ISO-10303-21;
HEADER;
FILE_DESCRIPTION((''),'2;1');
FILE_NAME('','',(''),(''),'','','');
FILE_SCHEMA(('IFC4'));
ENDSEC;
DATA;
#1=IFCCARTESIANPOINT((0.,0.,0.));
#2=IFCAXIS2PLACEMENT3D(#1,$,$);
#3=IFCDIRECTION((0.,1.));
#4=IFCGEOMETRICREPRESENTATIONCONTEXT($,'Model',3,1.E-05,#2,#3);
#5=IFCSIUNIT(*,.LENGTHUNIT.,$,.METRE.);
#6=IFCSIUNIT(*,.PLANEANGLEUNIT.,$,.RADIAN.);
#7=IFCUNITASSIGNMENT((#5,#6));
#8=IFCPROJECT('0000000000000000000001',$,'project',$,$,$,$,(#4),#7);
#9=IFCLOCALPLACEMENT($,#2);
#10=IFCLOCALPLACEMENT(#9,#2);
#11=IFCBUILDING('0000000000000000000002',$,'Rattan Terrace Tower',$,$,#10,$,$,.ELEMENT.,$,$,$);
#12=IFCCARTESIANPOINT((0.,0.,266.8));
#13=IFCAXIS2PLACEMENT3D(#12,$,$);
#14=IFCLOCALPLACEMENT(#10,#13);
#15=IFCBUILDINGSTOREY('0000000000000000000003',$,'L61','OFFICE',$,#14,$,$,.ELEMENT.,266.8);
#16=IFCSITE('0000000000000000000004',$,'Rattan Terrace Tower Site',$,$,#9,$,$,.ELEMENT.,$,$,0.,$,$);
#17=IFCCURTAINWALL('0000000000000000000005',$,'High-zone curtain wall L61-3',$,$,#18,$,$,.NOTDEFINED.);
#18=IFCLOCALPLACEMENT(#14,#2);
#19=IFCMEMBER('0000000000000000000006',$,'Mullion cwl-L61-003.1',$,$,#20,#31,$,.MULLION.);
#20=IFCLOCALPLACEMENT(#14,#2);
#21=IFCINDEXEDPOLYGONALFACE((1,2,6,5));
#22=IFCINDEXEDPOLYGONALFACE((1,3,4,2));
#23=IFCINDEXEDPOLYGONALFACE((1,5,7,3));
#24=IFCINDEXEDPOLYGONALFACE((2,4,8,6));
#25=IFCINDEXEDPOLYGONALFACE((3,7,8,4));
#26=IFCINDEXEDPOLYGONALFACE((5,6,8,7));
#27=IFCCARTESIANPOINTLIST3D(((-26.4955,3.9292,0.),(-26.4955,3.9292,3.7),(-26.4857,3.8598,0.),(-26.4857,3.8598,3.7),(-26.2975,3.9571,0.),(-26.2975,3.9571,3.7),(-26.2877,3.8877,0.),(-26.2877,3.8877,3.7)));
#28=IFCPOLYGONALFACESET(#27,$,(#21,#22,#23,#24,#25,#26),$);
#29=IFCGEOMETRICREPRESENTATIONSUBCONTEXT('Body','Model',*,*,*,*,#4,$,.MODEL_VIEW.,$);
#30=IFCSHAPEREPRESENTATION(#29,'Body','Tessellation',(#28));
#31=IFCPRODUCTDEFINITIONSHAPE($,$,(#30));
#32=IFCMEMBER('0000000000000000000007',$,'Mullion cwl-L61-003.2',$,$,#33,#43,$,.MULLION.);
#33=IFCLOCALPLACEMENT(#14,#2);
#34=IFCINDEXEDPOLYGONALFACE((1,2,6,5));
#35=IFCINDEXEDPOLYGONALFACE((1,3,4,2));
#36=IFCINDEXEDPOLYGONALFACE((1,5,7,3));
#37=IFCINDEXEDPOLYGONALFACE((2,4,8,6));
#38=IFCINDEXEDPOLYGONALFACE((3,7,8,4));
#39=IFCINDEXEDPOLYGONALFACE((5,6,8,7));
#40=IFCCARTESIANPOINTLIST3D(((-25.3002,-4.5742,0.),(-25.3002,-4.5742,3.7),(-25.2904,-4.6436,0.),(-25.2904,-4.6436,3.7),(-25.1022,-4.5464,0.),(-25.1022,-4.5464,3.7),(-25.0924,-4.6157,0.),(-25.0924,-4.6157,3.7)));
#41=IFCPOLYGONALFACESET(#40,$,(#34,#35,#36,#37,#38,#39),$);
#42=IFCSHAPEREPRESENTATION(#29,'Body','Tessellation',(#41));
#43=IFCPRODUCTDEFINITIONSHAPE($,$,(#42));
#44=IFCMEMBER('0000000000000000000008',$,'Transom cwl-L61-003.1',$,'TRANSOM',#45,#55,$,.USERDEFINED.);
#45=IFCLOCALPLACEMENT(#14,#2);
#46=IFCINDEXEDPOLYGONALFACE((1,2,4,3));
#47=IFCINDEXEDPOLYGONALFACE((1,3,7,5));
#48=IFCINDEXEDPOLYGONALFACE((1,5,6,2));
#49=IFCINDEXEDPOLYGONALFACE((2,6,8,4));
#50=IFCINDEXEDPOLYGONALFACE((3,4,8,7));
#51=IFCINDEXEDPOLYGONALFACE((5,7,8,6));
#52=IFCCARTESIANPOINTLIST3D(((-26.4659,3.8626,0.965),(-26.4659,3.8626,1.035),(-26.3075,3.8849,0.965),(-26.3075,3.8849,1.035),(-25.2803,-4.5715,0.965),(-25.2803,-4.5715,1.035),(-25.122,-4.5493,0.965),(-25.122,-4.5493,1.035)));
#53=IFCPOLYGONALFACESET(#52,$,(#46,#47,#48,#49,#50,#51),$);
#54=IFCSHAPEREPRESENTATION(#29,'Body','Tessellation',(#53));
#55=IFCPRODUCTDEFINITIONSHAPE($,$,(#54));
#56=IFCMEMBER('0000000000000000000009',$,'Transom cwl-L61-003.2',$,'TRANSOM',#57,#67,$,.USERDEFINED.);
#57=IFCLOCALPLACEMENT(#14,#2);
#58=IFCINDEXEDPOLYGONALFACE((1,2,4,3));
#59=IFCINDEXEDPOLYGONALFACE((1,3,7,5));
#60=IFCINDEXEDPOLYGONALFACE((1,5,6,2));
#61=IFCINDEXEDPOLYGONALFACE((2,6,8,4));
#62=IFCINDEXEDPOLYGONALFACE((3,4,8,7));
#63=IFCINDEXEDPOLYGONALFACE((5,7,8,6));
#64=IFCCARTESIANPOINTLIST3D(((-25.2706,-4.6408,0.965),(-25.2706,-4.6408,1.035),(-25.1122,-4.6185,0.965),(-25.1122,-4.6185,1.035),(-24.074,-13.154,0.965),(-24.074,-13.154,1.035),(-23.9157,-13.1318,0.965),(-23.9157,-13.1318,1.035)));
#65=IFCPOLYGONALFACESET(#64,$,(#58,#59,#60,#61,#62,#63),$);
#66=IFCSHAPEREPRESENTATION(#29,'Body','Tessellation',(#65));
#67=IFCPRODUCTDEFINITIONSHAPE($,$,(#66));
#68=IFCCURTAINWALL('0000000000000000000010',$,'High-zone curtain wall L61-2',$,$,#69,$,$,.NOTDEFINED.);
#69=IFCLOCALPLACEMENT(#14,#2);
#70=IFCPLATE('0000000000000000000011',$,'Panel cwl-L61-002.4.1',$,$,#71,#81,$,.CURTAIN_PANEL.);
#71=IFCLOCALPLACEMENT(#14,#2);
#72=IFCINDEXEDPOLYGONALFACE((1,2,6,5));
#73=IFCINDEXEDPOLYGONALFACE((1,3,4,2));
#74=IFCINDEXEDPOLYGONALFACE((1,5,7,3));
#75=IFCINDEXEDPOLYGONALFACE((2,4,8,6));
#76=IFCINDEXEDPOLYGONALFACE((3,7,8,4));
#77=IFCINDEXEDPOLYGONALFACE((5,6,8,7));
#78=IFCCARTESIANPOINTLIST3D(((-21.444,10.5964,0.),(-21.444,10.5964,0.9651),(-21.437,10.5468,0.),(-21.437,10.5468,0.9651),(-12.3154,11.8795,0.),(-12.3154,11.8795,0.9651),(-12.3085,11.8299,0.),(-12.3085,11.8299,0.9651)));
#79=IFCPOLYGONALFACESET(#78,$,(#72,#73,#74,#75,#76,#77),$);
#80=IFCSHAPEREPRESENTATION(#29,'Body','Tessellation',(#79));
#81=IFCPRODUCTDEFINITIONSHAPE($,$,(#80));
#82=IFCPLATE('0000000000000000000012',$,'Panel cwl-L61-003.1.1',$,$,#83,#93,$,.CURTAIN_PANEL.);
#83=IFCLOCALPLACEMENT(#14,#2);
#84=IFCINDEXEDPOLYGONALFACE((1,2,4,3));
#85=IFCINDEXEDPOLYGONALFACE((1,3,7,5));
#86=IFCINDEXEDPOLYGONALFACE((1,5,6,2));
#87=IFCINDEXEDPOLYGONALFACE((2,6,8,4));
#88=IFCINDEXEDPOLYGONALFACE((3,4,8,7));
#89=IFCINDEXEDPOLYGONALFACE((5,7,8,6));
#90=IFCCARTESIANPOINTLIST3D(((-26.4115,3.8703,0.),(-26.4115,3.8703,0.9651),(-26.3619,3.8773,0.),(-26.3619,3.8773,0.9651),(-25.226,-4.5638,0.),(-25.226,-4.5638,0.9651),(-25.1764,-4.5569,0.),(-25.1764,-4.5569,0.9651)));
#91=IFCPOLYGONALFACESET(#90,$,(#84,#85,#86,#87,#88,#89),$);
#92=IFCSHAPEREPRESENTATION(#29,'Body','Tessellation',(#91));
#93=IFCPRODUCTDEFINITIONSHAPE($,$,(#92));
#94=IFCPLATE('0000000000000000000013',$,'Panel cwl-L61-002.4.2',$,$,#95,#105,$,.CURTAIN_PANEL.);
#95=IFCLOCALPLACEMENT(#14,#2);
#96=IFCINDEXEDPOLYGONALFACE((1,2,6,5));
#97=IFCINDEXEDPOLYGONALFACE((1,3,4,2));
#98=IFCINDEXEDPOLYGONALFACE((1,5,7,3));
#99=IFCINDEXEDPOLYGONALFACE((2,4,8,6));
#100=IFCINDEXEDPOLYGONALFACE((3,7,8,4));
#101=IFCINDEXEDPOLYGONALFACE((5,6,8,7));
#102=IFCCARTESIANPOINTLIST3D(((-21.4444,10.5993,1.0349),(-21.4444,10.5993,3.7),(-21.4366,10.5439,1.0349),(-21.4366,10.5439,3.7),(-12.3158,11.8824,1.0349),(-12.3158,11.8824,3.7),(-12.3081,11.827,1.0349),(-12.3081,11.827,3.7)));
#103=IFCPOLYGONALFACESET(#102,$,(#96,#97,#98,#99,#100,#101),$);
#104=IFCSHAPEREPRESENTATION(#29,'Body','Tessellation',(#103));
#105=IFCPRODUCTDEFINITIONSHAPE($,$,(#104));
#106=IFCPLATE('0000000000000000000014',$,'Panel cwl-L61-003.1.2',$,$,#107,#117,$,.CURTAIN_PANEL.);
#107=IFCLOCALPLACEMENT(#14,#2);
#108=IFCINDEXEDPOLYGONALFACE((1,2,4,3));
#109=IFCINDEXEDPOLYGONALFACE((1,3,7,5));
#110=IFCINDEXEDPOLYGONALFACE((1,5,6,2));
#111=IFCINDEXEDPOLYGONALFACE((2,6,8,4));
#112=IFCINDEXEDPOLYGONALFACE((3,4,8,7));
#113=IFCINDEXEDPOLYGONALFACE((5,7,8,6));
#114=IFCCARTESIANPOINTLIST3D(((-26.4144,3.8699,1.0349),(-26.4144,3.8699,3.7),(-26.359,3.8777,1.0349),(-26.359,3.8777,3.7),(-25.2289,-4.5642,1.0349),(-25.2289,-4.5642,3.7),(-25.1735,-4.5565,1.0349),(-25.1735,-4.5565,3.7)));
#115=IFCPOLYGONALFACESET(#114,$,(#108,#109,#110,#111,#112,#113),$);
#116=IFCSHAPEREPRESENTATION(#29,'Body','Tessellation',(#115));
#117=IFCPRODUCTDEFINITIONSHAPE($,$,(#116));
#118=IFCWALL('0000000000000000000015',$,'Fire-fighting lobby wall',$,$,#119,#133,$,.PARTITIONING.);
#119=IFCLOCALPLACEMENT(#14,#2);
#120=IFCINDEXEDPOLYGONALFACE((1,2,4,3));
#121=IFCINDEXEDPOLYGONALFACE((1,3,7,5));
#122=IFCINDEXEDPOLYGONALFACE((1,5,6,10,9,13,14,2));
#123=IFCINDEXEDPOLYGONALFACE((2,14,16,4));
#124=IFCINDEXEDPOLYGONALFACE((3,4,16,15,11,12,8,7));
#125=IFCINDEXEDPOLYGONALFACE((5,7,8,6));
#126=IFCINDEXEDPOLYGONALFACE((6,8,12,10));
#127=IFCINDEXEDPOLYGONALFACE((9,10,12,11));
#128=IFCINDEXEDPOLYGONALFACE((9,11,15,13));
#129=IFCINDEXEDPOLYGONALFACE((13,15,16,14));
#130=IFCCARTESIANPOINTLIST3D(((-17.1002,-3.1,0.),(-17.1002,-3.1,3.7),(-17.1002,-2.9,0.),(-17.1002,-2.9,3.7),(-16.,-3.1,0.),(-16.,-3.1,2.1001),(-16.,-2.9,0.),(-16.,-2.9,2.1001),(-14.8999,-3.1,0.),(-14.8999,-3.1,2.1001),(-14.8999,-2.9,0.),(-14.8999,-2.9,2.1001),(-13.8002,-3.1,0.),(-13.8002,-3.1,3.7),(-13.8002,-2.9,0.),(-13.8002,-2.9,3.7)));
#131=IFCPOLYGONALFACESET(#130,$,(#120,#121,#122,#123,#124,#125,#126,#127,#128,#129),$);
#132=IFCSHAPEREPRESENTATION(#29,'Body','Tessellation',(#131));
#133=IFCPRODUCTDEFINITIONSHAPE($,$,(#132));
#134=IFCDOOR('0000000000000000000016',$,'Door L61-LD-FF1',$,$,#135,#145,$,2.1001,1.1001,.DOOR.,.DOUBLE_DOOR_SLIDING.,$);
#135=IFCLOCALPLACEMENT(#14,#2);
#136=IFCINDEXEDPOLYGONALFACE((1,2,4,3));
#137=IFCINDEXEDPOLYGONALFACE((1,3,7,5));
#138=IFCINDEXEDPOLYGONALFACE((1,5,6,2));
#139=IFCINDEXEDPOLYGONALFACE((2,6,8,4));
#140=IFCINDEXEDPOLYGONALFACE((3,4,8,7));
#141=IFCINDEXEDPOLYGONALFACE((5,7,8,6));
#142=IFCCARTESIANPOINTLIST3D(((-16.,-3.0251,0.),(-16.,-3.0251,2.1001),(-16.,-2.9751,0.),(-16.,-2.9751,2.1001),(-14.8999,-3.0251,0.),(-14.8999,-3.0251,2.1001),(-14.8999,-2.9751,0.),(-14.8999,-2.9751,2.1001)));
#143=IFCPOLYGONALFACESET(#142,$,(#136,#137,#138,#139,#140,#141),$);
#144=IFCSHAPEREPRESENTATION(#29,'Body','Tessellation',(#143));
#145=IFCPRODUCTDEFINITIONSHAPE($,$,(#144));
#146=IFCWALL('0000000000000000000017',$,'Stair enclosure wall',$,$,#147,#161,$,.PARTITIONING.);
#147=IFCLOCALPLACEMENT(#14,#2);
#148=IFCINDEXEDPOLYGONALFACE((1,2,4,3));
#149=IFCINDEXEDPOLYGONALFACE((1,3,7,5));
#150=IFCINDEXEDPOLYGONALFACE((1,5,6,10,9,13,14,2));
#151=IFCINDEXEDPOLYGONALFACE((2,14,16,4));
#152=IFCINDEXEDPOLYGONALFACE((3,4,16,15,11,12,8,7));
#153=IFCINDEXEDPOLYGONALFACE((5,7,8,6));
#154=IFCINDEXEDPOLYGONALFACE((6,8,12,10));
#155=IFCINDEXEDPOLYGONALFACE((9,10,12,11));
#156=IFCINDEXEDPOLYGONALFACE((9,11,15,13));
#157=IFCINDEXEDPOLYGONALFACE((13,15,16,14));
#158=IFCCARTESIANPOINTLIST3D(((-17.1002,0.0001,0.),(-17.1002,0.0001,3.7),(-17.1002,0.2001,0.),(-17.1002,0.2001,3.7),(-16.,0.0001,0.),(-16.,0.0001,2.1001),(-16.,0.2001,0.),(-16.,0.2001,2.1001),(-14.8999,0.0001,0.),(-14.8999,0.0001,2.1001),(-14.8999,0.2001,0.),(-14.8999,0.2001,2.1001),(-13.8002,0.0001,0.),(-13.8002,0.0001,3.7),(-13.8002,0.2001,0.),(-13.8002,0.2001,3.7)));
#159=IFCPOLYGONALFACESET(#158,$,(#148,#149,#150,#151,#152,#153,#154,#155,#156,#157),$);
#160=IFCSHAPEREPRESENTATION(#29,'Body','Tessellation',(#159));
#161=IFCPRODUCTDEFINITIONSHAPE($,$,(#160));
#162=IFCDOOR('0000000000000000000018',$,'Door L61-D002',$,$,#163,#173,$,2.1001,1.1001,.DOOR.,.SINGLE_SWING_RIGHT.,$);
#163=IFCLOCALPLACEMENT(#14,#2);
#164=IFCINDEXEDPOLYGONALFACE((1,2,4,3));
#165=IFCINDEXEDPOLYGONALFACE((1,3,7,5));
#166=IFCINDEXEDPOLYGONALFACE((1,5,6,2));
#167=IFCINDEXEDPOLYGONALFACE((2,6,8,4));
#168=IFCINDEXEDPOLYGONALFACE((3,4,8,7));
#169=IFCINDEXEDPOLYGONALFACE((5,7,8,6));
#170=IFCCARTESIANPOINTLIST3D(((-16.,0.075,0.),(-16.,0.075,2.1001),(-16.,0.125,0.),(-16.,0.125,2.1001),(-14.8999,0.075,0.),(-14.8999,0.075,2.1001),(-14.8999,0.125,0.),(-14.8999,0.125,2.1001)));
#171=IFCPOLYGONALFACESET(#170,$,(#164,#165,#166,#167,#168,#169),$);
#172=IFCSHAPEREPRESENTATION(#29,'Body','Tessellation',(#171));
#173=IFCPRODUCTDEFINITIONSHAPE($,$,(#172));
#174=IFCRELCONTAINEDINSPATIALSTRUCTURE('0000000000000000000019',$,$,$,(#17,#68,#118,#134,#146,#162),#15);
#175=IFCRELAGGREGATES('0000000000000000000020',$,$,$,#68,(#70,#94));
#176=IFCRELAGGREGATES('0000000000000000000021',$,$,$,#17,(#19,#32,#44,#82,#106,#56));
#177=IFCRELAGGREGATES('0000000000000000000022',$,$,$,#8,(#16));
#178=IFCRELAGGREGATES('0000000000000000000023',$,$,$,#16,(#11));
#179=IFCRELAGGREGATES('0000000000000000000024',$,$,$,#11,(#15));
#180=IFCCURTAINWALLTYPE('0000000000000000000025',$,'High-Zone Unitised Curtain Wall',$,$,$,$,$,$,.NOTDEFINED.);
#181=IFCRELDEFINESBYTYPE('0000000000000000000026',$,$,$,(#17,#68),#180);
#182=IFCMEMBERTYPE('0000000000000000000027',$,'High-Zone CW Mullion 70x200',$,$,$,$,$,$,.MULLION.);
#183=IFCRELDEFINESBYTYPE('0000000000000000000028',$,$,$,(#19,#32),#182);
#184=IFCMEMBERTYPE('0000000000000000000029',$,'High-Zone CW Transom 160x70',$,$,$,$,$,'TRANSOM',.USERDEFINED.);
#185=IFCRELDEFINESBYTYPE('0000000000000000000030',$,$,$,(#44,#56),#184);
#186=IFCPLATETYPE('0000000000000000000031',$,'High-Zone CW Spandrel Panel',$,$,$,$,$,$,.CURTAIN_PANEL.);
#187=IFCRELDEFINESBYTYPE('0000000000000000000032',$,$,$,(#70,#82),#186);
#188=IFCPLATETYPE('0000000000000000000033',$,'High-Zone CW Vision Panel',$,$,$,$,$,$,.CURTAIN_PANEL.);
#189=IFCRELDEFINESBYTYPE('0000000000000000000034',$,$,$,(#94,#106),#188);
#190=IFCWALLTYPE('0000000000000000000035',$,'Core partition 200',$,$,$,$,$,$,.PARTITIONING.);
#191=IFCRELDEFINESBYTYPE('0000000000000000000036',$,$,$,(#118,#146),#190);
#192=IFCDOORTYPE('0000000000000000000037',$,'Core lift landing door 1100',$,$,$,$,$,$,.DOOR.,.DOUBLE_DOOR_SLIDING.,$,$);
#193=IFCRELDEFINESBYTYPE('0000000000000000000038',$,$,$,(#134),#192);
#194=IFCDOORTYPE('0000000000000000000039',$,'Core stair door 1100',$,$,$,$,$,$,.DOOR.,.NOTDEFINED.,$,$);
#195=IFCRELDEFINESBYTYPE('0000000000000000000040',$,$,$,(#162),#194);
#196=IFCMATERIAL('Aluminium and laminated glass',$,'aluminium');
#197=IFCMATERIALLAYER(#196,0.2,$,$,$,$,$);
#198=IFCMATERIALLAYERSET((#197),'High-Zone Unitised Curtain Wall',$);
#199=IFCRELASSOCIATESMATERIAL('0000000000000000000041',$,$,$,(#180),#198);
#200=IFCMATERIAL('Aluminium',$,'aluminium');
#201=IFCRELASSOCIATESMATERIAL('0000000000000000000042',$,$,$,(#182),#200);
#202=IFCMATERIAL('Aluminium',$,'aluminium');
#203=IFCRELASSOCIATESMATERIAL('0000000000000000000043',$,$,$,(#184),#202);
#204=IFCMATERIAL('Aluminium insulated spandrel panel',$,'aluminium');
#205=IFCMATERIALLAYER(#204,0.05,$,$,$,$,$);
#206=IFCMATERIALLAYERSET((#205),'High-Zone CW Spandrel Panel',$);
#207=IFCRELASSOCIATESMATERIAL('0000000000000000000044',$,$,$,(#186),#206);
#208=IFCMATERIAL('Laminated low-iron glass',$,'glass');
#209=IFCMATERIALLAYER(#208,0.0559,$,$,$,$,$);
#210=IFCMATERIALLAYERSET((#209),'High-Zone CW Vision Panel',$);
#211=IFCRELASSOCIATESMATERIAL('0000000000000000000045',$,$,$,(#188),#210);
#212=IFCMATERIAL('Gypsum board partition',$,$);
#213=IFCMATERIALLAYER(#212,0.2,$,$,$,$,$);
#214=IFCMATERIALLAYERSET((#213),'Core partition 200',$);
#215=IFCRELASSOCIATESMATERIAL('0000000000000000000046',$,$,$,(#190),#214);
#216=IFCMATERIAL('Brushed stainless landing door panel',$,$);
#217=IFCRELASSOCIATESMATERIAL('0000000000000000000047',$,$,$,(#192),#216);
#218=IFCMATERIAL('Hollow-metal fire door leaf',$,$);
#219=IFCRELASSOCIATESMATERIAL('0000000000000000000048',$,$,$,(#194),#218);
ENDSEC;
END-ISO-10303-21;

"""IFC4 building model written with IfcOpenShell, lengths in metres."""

from ifc_helpers import new_model, si_unit, direction, frame, frame_2d, origin, origin_2d, place, context, subcontext, project, spatial, rectangle, extrude, material, layer, layer_set, material_profile, profile_set, type_object, element, fill, aggregate, save


model = new_model("IFC4")

# Units and contexts
model_context = context("Model", 3, precision=1e-05, world=origin(), true_north=direction((0.0, 1.0)))
body_context = subcontext(model_context, "Body", "Model", "MODEL_VIEW")
ifc_project = project(units=[si_unit("LENGTHUNIT", "METRE"), si_unit("PLANEANGLEUNIT", "RADIAN")], contexts=[model_context])

# Site, building, storey
site_placement = place(None, origin())
site = spatial("IfcSite", under=ifc_project, at=site_placement, Name="Rattan Terrace Tower Site", CompositionType="ELEMENT", RefElevation=0.0)
building_placement = place(site_placement, origin())
building = spatial("IfcBuilding", under=site, at=building_placement, Name="Rattan Terrace Tower", CompositionType="ELEMENT")
storey_placement = place(building_placement, frame((0.0, 0.0, 266.8)))
storey = spatial("IfcBuildingStorey", under=building, at=storey_placement, Name="L61", Description="OFFICE", CompositionType="ELEMENT", Elevation=266.8)

# Curtain wall, members
ifc_material_1 = material(Name="Aluminium and laminated glass", Category="aluminium")
ifc_layer_1 = layer(ifc_material_1, 0.2)
ifc_layer_set_1 = layer_set([ifc_layer_1], Name="High-Zone Unitised Curtain Wall")
curtain_wall_type = type_object("IfcCurtainWallType", Name="High-Zone Unitised Curtain Wall", PredefinedType="NOTDEFINED", material=ifc_layer_set_1)
curtain_wall_1_placement = place(storey_placement, origin())
curtain_wall_1 = element("IfcCurtainWall", 1, at=curtain_wall_1_placement, inside=storey, type_object=curtain_wall_type, Name="High-zone curtain wall L61-3", PredefinedType="NOTDEFINED")
ifc_material_2 = material(Name="Aluminium", Category="aluminium")
ifc_material_profile_1 = material_profile(ifc_material_2, rectangle(XDim=0.0701, YDim=0.2, at=origin_2d()), Name="Aluminium 70x200")
ifc_profile_set_1 = profile_set([ifc_material_profile_1], Name="Aluminium")
member_type_1 = type_object("IfcMemberType", Name="High-Zone CW Mullion 70x200", PredefinedType="MULLION", material=ifc_profile_set_1)
member_1_placement = place(storey_placement, frame((-26.3916, 3.9084, 0.0), z_axis=(0.0, 0.0, 1.0), x_axis=(0.139192, -0.990265, 0.0)))
member_1 = element("IfcMember", 2, at=member_1_placement, type_object=member_type_1, Name="Mullion cwl-L61-003.1", PredefinedType="MULLION", context=body_context, shape_type="SweptSolid", body=[
    extrude(rectangle(XDim=0.0701, YDim=0.2, at=origin_2d()), origin(), (0.0, 0.0, 1.0), 3.7),
])
member_2_placement = place(storey_placement, frame((-25.1963, -4.595, 0.0), z_axis=(0.0, 0.0, 1.0), x_axis=(0.139192, -0.990265, 0.0)))
member_2 = element("IfcMember", 3, at=member_2_placement, type_object=member_type_1, Name="Mullion cwl-L61-003.2", PredefinedType="MULLION", context=body_context, shape_type="SweptSolid", body=[
    extrude(rectangle(XDim=0.0701, YDim=0.2, at=origin_2d()), origin(), (0.0, 0.0, 1.0), 3.7),
])
ifc_material_3 = material(Name="Aluminium", Category="aluminium")
ifc_material_profile_2 = material_profile(ifc_material_3, rectangle(XDim=0.1599, YDim=0.0701, at=origin_2d()), Name="Aluminium 160x70")
ifc_profile_set_2 = profile_set([ifc_material_profile_2], Name="Aluminium")
member_type_2 = type_object("IfcMemberType", Name="High-Zone CW Transom 160x70", ElementType="TRANSOM", PredefinedType="USERDEFINED", material=ifc_profile_set_2)
member_3_placement = place(storey_placement, frame((-26.3867, 3.8738, 1.0), z_axis=(0.139198, -0.990265, 0.0), x_axis=(0.990265, 0.139198, 0.0)))
member_3 = element("IfcMember", 4, at=member_3_placement, type_object=member_type_2, Name="Transom cwl-L61-003.1", ObjectType="TRANSOM", PredefinedType="USERDEFINED", context=body_context, shape_type="SweptSolid", body=[
    extrude(rectangle(XDim=0.1599, YDim=0.0701, at=origin_2d()), origin(), (0.0, 0.0, 1.0), 8.5171),
])
member_4_placement = place(storey_placement, frame((-25.1914, -4.6296, 1.0), z_axis=(0.139183, -0.990267, 0.0), x_axis=(0.990267, 0.139183, 0.0)))
member_4 = element("IfcMember", 5, at=member_4_placement, type_object=member_type_2, Name="Transom cwl-L61-003.2", ObjectType="TRANSOM", PredefinedType="USERDEFINED", context=body_context, shape_type="SweptSolid", body=[
    extrude(rectangle(XDim=0.1599, YDim=0.0701, at=origin_2d()), origin(), (0.0, 0.0, 1.0), 8.5969),
])

# Curtain wall, plate
curtain_wall_2_placement = place(storey_placement, origin())
curtain_wall_2 = element("IfcCurtainWall", 6, at=curtain_wall_2_placement, inside=storey, type_object=curtain_wall_type, Name="High-zone curtain wall L61-2", PredefinedType="NOTDEFINED")
ifc_material_4 = material(Name="Aluminium insulated spandrel panel", Category="aluminium")
ifc_layer_2 = layer(ifc_material_4, 0.05)
ifc_layer_set_2 = layer_set([ifc_layer_2], Name="High-Zone CW Spandrel Panel")
plate_type_1 = type_object("IfcPlateType", Name="High-Zone CW Spandrel Panel", PredefinedType="CURTAIN_PANEL", material=ifc_layer_set_2)
plate_1_placement = place(storey_placement, frame((-16.8762, 11.2131, 0.0), z_axis=(0.0, 0.0, 1.0), x_axis=(-0.990266, -0.139189, 0.0)))
plate_1 = element("IfcPlate", 7, at=plate_1_placement, type_object=plate_type_1, Name="Panel cwl-L61-002.4.1", PredefinedType="CURTAIN_PANEL", context=body_context, shape_type="SweptSolid", body=[
    extrude(rectangle(XDim=9.2183, YDim=0.05, at=origin_2d()), origin(), (0.0, 0.0, 1.0), 0.9651),
])

# Plates
plate_2_placement = place(storey_placement, frame((-25.7939, -0.3433, 0.0), z_axis=(0.0, 0.0, 1.0), x_axis=(0.139192, -0.990265, 0.0)))
plate_2 = element("IfcPlate", 8, at=plate_2_placement, type_object=plate_type_1, Name="Panel cwl-L61-003.1.1", PredefinedType="CURTAIN_PANEL", context=body_context, shape_type="SweptSolid", body=[
    extrude(rectangle(XDim=8.5171, YDim=0.05, at=origin_2d()), origin(), (0.0, 0.0, 1.0), 0.9651),
])
ifc_material_5 = material(Name="Laminated low-iron glass", Category="glass")
ifc_layer_3 = layer(ifc_material_5, 0.0559)
ifc_layer_set_3 = layer_set([ifc_layer_3], Name="High-Zone CW Vision Panel")
plate_type_2 = type_object("IfcPlateType", Name="High-Zone CW Vision Panel", PredefinedType="CURTAIN_PANEL", material=ifc_layer_set_3)
plate_3_placement = place(storey_placement, frame((-16.8762, 11.2131, 1.0349), z_axis=(0.0, 0.0, 1.0), x_axis=(-0.990266, -0.139189, 0.0)))
plate_3 = element("IfcPlate", 9, at=plate_3_placement, type_object=plate_type_2, Name="Panel cwl-L61-002.4.2", PredefinedType="CURTAIN_PANEL", context=body_context, shape_type="SweptSolid", body=[
    extrude(rectangle(XDim=9.2183, YDim=0.0559, at=origin_2d()), origin(), (0.0, 0.0, 1.0), 2.665),
])
aggregate(curtain_wall_2, [plate_1, plate_3])
plate_4_placement = place(storey_placement, frame((-25.7939, -0.3433, 1.0349), z_axis=(0.0, 0.0, 1.0), x_axis=(0.139192, -0.990265, 0.0)))
plate_4 = element("IfcPlate", 10, at=plate_4_placement, type_object=plate_type_2, Name="Panel cwl-L61-003.1.2", PredefinedType="CURTAIN_PANEL", context=body_context, shape_type="SweptSolid", body=[
    extrude(rectangle(XDim=8.5171, YDim=0.0559, at=origin_2d()), origin(), (0.0, 0.0, 1.0), 2.665),
])
aggregate(curtain_wall_1, [member_1, member_2, member_3, plate_2, plate_4, member_4])

# Walls, openings, doors
ifc_material_6 = material(Name="Gypsum board partition")
ifc_layer_4 = layer(ifc_material_6, 0.2)
ifc_layer_set_4 = layer_set([ifc_layer_4], Name="Core partition 200")
wall_type_1 = type_object("IfcWallType", Name="Core partition 200", PredefinedType="PARTITIONING", material=ifc_layer_set_4)
wall_1_placement = place(storey_placement, frame((-17.1001, -3.0, 0.0), z_axis=(0.0, 0.0, 1.0), x_axis=(1.0, 0.0, 0.0)))
wall_1 = element("IfcWall", 11, at=wall_1_placement, inside=storey, type_object=wall_type_1, Name="Fire-fighting lobby wall", PredefinedType="PARTITIONING", context=body_context, shape_type="SweptSolid", body=[
    extrude(rectangle(XDim=3.3, YDim=0.2, at=frame_2d((1.6499, 0.0))), origin(), (0.0, 0.0, 1.0), 3.7),
])
opening_1_placement = place(wall_1_placement, frame((1.1001, 0.0, 0.0)))
opening_1 = element("IfcOpeningElement", 12, at=opening_1_placement, cuts=wall_1, PredefinedType="OPENING", context=body_context, shape_type="SweptSolid", body=[
    extrude(rectangle(XDim=1.1001, YDim=2.1001, at=frame_2d((0.55, 1.05))), frame((0.0, 0.1106, 0.0), z_axis=(0.0, -1.0, 0.0), x_axis=(1.0, 0.0, 0.0)), (0.0, 0.0, 1.0), 0.2209),
])
ifc_material_7 = material(Name="Brushed stainless landing door panel")
door_type_1 = type_object("IfcDoorType", Name="Core lift landing door 1100", OperationType="DOUBLE_DOOR_SLIDING", PredefinedType="DOOR", material=ifc_material_7)
door_1_placement = place(opening_1_placement, origin())
door_1 = element("IfcDoor", 13, at=door_1_placement, inside=storey, type_object=door_type_1, Name="Door L61-LD-FF1", OperationType="DOUBLE_DOOR_SLIDING", OverallHeight=2.1001, OverallWidth=1.1001, PredefinedType="DOOR", context=body_context, shape_type="SweptSolid", body=[
    extrude(rectangle(XDim=1.1001, YDim=2.1001, at=frame_2d((0.55, 1.05))), frame((0.0, 0.0249, 0.0), z_axis=(0.0, -1.0, 0.0), x_axis=(1.0, 0.0, 0.0)), (0.0, 0.0, 1.0), 0.05),
])
fill(opening_1, door_1)
wall_2_placement = place(storey_placement, frame((-17.1001, 0.1001, 0.0), z_axis=(0.0, 0.0, 1.0), x_axis=(1.0, 0.0, 0.0)))
wall_2 = element("IfcWall", 14, at=wall_2_placement, inside=storey, type_object=wall_type_1, Name="Stair enclosure wall", PredefinedType="PARTITIONING", context=body_context, shape_type="SweptSolid", body=[
    extrude(rectangle(XDim=3.3, YDim=0.2, at=frame_2d((1.6499, 0.0))), origin(), (0.0, 0.0, 1.0), 3.7),
])
opening_2_placement = place(wall_2_placement, frame((1.1001, 0.0, 0.0)))
opening_2 = element("IfcOpeningElement", 15, at=opening_2_placement, cuts=wall_2, PredefinedType="OPENING", context=body_context, shape_type="SweptSolid", body=[
    extrude(rectangle(XDim=1.1001, YDim=2.1001, at=frame_2d((0.55, 1.05))), frame((0.0, 0.1106, 0.0), z_axis=(0.0, -1.0, 0.0), x_axis=(1.0, 0.0, 0.0)), (0.0, 0.0, 1.0), 0.2209),
])
ifc_material_8 = material(Name="Hollow-metal fire door leaf")
door_type_2 = type_object("IfcDoorType", Name="Core stair door 1100", OperationType="NOTDEFINED", PredefinedType="DOOR", material=ifc_material_8)
door_2_placement = place(opening_2_placement, origin())
door_2 = element("IfcDoor", 16, at=door_2_placement, inside=storey, type_object=door_type_2, Name="Door L61-D002", OperationType="SINGLE_SWING_RIGHT", OverallHeight=2.1001, OverallWidth=1.1001, PredefinedType="DOOR", context=body_context, shape_type="SweptSolid", body=[
    extrude(rectangle(XDim=1.1001, YDim=2.1001, at=frame_2d((0.55, 1.05))), frame((0.0, 0.0249, 0.0), z_axis=(0.0, -1.0, 0.0), x_axis=(1.0, 0.0, 0.0)), (0.0, 0.0, 1.0), 0.05),
])
fill(opening_2, door_2)

save(model, "model.ifc")
